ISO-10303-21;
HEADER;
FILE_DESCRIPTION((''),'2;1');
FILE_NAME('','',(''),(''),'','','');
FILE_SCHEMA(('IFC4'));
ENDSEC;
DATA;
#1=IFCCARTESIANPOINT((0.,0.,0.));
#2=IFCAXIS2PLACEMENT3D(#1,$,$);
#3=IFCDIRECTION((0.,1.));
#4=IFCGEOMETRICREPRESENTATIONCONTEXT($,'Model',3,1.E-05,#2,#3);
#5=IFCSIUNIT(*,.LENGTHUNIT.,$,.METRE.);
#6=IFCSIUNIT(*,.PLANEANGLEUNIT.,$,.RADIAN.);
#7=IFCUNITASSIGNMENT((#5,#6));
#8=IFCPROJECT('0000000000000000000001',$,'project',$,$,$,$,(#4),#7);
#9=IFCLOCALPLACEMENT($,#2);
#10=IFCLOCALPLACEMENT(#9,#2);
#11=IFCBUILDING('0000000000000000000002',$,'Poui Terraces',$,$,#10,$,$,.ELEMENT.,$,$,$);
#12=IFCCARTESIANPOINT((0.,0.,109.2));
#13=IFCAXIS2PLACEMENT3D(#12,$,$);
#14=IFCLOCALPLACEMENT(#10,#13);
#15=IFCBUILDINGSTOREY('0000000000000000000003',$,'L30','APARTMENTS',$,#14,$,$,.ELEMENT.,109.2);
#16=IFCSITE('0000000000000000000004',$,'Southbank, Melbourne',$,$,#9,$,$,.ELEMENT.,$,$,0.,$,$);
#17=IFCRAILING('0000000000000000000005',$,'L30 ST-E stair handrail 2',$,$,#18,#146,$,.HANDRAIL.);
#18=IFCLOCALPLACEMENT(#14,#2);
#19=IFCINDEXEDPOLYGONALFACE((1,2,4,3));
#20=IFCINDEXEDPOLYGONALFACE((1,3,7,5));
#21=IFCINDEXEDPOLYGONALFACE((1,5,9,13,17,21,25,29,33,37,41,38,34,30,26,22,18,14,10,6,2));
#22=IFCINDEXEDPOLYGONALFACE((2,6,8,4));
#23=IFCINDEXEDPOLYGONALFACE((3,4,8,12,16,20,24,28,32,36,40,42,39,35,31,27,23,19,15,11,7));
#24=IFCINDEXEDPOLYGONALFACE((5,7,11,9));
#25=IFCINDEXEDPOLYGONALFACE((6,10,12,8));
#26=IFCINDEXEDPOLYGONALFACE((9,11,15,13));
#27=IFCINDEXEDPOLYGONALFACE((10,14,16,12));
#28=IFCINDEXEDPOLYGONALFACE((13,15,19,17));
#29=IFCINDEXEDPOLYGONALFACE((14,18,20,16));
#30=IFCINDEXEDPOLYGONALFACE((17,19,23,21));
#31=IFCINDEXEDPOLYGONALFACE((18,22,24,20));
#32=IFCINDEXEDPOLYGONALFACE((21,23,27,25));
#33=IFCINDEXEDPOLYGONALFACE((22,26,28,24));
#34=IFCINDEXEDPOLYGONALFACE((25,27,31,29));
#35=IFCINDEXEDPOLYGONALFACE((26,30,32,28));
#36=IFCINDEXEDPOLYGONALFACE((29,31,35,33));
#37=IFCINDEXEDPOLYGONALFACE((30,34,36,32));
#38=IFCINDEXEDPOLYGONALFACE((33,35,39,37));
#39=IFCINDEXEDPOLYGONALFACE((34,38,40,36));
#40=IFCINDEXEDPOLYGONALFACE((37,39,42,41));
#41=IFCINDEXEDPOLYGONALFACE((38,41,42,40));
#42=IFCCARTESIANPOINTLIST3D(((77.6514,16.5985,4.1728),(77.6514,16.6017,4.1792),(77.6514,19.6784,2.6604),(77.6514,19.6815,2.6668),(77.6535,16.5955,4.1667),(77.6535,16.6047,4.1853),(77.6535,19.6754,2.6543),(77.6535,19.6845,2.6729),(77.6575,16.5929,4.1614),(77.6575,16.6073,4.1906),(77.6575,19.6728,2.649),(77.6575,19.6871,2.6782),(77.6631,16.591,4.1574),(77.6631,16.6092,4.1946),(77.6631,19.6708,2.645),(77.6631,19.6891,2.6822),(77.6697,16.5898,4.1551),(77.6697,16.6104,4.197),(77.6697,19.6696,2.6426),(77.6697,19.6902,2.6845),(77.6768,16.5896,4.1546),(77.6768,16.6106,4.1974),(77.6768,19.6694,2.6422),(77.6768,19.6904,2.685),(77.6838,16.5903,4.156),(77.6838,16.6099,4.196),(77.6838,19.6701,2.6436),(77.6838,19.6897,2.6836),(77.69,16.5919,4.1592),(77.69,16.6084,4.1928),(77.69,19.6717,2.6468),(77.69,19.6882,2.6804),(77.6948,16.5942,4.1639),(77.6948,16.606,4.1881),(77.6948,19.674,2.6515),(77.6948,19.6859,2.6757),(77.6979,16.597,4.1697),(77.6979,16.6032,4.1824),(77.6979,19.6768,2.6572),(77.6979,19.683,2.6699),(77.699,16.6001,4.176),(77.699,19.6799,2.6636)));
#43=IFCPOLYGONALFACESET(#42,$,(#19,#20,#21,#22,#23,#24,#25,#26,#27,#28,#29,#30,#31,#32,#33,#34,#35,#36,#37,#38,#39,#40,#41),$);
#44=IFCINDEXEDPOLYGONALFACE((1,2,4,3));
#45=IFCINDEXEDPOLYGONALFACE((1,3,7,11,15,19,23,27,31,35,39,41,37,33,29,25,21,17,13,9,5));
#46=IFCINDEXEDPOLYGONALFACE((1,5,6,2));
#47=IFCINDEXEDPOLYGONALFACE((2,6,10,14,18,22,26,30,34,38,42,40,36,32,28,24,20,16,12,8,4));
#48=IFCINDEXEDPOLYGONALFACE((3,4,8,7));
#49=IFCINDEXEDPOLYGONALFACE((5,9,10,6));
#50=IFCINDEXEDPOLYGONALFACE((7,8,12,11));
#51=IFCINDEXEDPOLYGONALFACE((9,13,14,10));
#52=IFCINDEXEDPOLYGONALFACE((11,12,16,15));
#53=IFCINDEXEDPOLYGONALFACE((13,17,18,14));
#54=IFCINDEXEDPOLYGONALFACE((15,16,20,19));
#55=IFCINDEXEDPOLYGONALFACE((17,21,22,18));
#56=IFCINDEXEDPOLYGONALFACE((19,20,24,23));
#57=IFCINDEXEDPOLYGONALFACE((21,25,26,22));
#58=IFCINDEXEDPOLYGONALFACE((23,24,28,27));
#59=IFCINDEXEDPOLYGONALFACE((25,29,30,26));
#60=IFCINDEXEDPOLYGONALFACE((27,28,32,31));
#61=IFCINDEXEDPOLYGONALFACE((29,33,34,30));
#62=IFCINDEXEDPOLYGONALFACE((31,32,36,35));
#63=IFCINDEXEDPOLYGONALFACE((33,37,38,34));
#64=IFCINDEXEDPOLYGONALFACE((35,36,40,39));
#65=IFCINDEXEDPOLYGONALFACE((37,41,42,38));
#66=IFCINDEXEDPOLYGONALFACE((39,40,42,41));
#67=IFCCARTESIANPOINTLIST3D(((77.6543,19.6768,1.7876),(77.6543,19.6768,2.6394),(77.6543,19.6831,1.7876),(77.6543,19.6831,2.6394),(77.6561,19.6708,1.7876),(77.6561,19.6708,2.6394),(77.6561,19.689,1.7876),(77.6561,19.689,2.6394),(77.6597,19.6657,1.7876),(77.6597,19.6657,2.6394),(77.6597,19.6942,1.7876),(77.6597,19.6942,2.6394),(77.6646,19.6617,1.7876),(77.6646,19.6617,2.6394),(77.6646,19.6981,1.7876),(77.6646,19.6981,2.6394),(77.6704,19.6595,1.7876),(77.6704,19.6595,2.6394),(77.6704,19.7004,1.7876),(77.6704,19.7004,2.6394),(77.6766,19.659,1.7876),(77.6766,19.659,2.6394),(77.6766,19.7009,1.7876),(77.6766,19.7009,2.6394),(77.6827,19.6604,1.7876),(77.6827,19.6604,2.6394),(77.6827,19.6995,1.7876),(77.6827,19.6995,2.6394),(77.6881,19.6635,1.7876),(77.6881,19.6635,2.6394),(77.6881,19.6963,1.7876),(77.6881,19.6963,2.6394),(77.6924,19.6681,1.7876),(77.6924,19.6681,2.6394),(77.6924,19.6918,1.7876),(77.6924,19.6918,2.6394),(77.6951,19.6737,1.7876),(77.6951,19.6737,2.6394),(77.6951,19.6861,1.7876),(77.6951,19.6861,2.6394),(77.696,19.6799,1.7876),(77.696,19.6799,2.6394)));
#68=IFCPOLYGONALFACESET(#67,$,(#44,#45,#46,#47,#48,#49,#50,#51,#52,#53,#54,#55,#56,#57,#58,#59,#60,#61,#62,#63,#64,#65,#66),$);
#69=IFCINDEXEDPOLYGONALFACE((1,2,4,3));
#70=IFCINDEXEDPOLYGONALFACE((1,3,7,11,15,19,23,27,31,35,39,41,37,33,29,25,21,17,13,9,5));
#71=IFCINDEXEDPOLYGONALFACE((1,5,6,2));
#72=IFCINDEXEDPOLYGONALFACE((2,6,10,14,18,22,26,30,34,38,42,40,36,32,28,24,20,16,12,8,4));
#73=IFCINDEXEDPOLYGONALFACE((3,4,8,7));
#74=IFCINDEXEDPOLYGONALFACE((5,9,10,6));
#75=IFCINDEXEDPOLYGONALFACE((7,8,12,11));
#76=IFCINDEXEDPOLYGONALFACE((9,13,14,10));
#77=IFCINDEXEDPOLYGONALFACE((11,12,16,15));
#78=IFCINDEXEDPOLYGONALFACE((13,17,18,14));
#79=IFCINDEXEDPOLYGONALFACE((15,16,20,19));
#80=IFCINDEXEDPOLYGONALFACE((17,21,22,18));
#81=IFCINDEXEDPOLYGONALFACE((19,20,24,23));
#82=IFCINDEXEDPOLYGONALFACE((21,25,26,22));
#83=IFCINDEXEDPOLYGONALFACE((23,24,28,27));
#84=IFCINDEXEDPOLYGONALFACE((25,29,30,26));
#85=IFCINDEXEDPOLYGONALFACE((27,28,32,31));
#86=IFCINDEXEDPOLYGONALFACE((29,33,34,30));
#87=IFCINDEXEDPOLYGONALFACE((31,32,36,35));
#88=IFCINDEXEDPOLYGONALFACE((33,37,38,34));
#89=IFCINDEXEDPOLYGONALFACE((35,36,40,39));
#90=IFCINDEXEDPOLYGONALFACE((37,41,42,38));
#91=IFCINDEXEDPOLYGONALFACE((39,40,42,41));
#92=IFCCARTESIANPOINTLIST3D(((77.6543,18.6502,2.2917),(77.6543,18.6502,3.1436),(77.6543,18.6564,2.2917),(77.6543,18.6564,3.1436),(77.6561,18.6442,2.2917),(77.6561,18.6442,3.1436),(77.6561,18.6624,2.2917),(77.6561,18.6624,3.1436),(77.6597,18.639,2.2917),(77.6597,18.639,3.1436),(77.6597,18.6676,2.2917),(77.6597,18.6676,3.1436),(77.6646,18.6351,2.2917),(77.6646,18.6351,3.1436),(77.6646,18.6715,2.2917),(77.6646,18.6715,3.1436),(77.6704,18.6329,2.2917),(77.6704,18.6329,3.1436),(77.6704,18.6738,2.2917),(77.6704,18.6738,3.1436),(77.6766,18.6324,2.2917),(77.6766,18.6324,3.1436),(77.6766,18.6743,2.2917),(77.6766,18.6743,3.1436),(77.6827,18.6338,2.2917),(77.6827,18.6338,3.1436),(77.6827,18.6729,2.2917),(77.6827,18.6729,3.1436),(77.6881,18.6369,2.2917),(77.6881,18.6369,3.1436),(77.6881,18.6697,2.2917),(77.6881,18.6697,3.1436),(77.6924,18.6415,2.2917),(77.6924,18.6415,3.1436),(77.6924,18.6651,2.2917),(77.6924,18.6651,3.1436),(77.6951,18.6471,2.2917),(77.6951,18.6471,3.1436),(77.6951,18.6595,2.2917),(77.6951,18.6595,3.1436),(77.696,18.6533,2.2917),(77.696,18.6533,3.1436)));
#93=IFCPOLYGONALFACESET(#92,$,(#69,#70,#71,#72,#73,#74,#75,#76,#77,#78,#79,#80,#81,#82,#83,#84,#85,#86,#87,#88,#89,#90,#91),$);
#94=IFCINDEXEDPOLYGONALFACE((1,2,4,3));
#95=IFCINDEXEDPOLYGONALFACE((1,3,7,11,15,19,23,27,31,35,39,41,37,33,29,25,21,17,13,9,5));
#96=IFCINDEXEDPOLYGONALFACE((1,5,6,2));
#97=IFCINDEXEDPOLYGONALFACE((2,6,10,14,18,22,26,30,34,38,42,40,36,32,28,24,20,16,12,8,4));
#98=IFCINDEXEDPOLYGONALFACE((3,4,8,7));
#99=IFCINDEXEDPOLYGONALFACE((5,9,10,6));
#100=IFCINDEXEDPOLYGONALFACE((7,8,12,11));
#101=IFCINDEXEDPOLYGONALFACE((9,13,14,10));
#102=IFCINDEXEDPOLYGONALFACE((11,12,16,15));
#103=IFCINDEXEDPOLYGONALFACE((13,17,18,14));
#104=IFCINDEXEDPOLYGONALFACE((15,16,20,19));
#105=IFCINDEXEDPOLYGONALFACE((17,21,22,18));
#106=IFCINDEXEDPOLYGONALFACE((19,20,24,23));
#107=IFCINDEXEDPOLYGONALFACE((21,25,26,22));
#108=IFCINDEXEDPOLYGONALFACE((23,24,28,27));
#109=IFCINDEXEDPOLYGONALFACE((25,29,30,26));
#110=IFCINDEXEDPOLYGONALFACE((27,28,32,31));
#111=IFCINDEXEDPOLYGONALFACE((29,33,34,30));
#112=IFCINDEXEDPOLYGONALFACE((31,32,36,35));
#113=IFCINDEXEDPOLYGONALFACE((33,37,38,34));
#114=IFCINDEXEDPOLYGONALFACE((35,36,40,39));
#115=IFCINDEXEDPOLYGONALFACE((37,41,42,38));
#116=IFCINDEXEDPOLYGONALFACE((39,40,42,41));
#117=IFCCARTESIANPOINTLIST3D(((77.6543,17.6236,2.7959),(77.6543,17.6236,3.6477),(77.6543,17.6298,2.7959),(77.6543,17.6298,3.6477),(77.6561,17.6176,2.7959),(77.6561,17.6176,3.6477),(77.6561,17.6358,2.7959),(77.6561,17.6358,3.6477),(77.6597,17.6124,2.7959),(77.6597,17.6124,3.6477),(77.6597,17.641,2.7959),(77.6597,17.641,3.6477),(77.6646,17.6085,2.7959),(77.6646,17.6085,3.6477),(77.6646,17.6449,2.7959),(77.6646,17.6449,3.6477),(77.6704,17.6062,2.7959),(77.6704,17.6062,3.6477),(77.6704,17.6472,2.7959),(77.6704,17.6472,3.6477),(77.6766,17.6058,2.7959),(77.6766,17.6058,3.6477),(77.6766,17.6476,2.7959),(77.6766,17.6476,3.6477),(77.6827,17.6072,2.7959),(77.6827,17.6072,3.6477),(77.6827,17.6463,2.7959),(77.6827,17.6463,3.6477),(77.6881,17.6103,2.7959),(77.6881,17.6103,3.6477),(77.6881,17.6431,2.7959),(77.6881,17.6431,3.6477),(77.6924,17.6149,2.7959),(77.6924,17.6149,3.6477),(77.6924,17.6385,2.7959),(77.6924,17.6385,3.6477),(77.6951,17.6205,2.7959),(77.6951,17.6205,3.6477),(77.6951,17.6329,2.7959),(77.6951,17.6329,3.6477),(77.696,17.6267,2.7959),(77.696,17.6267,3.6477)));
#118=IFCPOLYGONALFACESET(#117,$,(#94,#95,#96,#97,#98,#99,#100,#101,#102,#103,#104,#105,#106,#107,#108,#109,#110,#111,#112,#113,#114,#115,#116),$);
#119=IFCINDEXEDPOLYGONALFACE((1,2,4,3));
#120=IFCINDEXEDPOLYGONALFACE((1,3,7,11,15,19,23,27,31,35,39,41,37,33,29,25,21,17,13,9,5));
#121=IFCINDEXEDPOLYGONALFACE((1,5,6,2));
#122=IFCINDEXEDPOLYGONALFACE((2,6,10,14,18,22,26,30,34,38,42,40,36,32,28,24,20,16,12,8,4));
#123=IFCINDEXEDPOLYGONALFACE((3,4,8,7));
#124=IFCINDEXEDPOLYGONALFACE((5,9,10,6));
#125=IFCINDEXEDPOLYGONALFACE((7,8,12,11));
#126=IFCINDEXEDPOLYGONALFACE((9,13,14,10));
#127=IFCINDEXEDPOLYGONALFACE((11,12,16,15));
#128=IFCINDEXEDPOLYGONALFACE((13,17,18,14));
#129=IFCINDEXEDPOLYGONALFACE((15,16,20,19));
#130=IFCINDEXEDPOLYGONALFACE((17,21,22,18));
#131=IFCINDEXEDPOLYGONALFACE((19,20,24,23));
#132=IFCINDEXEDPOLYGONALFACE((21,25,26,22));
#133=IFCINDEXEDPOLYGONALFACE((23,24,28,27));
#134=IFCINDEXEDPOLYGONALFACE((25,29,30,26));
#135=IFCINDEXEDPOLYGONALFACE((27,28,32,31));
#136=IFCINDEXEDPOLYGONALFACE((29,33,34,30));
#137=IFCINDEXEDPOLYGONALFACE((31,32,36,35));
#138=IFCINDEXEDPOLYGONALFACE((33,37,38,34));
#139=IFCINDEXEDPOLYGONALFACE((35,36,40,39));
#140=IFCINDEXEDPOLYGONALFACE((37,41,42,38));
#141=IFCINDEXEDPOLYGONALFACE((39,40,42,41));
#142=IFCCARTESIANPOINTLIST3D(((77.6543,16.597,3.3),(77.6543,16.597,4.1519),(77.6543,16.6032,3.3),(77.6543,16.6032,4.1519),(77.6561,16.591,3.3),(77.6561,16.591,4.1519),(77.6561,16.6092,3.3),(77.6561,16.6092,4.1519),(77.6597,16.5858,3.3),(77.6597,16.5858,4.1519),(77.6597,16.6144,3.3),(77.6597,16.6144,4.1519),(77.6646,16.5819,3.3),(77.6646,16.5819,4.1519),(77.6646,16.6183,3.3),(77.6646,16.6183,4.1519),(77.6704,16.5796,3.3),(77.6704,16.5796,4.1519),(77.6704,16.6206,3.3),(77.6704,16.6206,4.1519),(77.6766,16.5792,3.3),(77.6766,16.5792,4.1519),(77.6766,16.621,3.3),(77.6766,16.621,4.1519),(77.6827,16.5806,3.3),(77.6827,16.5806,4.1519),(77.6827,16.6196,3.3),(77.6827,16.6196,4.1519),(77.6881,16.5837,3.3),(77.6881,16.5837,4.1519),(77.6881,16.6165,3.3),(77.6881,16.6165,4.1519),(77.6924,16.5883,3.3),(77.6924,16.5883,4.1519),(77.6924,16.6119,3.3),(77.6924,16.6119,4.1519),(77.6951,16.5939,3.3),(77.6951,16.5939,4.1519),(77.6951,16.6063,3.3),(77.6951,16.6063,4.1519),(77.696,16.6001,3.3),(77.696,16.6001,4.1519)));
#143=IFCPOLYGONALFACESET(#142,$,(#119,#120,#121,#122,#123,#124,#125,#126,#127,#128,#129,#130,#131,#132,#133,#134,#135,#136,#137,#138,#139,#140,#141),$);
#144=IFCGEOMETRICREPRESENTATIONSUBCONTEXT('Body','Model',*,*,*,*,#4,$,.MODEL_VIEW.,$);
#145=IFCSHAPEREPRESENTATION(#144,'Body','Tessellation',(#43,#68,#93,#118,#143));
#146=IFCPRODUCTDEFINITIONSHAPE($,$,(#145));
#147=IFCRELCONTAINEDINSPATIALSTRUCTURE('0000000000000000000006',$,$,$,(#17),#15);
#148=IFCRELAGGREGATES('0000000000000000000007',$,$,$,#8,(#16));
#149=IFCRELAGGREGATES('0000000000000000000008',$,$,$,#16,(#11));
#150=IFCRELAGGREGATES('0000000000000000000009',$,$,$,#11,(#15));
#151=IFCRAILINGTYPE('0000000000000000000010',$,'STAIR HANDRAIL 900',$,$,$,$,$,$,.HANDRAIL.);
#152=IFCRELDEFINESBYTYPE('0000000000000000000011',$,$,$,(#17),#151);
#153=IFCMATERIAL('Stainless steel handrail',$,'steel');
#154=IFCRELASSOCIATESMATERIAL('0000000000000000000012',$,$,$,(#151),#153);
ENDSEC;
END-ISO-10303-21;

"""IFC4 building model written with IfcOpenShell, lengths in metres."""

from ifc_helpers import new_model, si_unit, direction, frame, origin, origin_2d, place, context, subcontext, project, spatial, circle, extrude, material, type_object, element, save


model = new_model("IFC4")

# Units and contexts
model_context = context("Model", 3, precision=1e-05, world=origin(), true_north=direction((0.0, 1.0)))
body_context = subcontext(model_context, "Body", "Model", "MODEL_VIEW")
ifc_project = project(units=[si_unit("LENGTHUNIT", "METRE"), si_unit("PLANEANGLEUNIT", "RADIAN")], contexts=[model_context])

# Site, building, storey
site_placement = place(None, origin())
site = spatial("IfcSite", under=ifc_project, at=site_placement, Name="Southbank, Melbourne", CompositionType="ELEMENT", RefElevation=0.0)
building_placement = place(site_placement, origin())
building = spatial("IfcBuilding", under=site, at=building_placement, Name="Poui Terraces", CompositionType="ELEMENT")
storey_placement = place(building_placement, frame((0.0, 0.0, 109.2)))
storey = spatial("IfcBuildingStorey", under=building, at=storey_placement, Name="L30", Description="APARTMENTS", CompositionType="ELEMENT", Elevation=109.2)

# Railing
ifc_material_1 = material(Name="Stainless steel handrail", Category="steel")
railing_type_1 = type_object("IfcRailingType", Name="STAIR HANDRAIL 900", PredefinedType="HANDRAIL", material=ifc_material_1)
railing_1_placement = place(storey_placement, frame((77.675, 19.6799, 1.7876)))
element("IfcRailing", 1, at=railing_1_placement, inside=storey, type_object=railing_type_1, Name="L30 ST-E stair handrail 2", PredefinedType="HANDRAIL", context=body_context, shape_type="SweptSolid", body=[
    extrude(circle(Radius=0.0239, at=origin_2d()), frame((0.0, 0.0, 0.876), z_axis=(0.0, -0.897606, 0.440798), x_axis=(1.0, 0.0, 0.0)), (0.0, 0.0, 1.0), 3.4312),
    extrude(circle(Radius=0.021, at=origin_2d()), origin(), (0.0, 0.0, 1.0), 0.8518),
    extrude(circle(Radius=0.021, at=origin_2d()), frame((0.0, -1.0266, 0.5042)), (0.0, 0.0, 1.0), 0.8518),
    extrude(circle(Radius=0.021, at=origin_2d()), frame((0.0, -2.0532, 1.0083)), (0.0, 0.0, 1.0), 0.8518),
    extrude(circle(Radius=0.021, at=origin_2d()), frame((0.0, -3.0798, 1.5125)), (0.0, 0.0, 1.0), 0.8518),
])

save(model, "model.ifc")
